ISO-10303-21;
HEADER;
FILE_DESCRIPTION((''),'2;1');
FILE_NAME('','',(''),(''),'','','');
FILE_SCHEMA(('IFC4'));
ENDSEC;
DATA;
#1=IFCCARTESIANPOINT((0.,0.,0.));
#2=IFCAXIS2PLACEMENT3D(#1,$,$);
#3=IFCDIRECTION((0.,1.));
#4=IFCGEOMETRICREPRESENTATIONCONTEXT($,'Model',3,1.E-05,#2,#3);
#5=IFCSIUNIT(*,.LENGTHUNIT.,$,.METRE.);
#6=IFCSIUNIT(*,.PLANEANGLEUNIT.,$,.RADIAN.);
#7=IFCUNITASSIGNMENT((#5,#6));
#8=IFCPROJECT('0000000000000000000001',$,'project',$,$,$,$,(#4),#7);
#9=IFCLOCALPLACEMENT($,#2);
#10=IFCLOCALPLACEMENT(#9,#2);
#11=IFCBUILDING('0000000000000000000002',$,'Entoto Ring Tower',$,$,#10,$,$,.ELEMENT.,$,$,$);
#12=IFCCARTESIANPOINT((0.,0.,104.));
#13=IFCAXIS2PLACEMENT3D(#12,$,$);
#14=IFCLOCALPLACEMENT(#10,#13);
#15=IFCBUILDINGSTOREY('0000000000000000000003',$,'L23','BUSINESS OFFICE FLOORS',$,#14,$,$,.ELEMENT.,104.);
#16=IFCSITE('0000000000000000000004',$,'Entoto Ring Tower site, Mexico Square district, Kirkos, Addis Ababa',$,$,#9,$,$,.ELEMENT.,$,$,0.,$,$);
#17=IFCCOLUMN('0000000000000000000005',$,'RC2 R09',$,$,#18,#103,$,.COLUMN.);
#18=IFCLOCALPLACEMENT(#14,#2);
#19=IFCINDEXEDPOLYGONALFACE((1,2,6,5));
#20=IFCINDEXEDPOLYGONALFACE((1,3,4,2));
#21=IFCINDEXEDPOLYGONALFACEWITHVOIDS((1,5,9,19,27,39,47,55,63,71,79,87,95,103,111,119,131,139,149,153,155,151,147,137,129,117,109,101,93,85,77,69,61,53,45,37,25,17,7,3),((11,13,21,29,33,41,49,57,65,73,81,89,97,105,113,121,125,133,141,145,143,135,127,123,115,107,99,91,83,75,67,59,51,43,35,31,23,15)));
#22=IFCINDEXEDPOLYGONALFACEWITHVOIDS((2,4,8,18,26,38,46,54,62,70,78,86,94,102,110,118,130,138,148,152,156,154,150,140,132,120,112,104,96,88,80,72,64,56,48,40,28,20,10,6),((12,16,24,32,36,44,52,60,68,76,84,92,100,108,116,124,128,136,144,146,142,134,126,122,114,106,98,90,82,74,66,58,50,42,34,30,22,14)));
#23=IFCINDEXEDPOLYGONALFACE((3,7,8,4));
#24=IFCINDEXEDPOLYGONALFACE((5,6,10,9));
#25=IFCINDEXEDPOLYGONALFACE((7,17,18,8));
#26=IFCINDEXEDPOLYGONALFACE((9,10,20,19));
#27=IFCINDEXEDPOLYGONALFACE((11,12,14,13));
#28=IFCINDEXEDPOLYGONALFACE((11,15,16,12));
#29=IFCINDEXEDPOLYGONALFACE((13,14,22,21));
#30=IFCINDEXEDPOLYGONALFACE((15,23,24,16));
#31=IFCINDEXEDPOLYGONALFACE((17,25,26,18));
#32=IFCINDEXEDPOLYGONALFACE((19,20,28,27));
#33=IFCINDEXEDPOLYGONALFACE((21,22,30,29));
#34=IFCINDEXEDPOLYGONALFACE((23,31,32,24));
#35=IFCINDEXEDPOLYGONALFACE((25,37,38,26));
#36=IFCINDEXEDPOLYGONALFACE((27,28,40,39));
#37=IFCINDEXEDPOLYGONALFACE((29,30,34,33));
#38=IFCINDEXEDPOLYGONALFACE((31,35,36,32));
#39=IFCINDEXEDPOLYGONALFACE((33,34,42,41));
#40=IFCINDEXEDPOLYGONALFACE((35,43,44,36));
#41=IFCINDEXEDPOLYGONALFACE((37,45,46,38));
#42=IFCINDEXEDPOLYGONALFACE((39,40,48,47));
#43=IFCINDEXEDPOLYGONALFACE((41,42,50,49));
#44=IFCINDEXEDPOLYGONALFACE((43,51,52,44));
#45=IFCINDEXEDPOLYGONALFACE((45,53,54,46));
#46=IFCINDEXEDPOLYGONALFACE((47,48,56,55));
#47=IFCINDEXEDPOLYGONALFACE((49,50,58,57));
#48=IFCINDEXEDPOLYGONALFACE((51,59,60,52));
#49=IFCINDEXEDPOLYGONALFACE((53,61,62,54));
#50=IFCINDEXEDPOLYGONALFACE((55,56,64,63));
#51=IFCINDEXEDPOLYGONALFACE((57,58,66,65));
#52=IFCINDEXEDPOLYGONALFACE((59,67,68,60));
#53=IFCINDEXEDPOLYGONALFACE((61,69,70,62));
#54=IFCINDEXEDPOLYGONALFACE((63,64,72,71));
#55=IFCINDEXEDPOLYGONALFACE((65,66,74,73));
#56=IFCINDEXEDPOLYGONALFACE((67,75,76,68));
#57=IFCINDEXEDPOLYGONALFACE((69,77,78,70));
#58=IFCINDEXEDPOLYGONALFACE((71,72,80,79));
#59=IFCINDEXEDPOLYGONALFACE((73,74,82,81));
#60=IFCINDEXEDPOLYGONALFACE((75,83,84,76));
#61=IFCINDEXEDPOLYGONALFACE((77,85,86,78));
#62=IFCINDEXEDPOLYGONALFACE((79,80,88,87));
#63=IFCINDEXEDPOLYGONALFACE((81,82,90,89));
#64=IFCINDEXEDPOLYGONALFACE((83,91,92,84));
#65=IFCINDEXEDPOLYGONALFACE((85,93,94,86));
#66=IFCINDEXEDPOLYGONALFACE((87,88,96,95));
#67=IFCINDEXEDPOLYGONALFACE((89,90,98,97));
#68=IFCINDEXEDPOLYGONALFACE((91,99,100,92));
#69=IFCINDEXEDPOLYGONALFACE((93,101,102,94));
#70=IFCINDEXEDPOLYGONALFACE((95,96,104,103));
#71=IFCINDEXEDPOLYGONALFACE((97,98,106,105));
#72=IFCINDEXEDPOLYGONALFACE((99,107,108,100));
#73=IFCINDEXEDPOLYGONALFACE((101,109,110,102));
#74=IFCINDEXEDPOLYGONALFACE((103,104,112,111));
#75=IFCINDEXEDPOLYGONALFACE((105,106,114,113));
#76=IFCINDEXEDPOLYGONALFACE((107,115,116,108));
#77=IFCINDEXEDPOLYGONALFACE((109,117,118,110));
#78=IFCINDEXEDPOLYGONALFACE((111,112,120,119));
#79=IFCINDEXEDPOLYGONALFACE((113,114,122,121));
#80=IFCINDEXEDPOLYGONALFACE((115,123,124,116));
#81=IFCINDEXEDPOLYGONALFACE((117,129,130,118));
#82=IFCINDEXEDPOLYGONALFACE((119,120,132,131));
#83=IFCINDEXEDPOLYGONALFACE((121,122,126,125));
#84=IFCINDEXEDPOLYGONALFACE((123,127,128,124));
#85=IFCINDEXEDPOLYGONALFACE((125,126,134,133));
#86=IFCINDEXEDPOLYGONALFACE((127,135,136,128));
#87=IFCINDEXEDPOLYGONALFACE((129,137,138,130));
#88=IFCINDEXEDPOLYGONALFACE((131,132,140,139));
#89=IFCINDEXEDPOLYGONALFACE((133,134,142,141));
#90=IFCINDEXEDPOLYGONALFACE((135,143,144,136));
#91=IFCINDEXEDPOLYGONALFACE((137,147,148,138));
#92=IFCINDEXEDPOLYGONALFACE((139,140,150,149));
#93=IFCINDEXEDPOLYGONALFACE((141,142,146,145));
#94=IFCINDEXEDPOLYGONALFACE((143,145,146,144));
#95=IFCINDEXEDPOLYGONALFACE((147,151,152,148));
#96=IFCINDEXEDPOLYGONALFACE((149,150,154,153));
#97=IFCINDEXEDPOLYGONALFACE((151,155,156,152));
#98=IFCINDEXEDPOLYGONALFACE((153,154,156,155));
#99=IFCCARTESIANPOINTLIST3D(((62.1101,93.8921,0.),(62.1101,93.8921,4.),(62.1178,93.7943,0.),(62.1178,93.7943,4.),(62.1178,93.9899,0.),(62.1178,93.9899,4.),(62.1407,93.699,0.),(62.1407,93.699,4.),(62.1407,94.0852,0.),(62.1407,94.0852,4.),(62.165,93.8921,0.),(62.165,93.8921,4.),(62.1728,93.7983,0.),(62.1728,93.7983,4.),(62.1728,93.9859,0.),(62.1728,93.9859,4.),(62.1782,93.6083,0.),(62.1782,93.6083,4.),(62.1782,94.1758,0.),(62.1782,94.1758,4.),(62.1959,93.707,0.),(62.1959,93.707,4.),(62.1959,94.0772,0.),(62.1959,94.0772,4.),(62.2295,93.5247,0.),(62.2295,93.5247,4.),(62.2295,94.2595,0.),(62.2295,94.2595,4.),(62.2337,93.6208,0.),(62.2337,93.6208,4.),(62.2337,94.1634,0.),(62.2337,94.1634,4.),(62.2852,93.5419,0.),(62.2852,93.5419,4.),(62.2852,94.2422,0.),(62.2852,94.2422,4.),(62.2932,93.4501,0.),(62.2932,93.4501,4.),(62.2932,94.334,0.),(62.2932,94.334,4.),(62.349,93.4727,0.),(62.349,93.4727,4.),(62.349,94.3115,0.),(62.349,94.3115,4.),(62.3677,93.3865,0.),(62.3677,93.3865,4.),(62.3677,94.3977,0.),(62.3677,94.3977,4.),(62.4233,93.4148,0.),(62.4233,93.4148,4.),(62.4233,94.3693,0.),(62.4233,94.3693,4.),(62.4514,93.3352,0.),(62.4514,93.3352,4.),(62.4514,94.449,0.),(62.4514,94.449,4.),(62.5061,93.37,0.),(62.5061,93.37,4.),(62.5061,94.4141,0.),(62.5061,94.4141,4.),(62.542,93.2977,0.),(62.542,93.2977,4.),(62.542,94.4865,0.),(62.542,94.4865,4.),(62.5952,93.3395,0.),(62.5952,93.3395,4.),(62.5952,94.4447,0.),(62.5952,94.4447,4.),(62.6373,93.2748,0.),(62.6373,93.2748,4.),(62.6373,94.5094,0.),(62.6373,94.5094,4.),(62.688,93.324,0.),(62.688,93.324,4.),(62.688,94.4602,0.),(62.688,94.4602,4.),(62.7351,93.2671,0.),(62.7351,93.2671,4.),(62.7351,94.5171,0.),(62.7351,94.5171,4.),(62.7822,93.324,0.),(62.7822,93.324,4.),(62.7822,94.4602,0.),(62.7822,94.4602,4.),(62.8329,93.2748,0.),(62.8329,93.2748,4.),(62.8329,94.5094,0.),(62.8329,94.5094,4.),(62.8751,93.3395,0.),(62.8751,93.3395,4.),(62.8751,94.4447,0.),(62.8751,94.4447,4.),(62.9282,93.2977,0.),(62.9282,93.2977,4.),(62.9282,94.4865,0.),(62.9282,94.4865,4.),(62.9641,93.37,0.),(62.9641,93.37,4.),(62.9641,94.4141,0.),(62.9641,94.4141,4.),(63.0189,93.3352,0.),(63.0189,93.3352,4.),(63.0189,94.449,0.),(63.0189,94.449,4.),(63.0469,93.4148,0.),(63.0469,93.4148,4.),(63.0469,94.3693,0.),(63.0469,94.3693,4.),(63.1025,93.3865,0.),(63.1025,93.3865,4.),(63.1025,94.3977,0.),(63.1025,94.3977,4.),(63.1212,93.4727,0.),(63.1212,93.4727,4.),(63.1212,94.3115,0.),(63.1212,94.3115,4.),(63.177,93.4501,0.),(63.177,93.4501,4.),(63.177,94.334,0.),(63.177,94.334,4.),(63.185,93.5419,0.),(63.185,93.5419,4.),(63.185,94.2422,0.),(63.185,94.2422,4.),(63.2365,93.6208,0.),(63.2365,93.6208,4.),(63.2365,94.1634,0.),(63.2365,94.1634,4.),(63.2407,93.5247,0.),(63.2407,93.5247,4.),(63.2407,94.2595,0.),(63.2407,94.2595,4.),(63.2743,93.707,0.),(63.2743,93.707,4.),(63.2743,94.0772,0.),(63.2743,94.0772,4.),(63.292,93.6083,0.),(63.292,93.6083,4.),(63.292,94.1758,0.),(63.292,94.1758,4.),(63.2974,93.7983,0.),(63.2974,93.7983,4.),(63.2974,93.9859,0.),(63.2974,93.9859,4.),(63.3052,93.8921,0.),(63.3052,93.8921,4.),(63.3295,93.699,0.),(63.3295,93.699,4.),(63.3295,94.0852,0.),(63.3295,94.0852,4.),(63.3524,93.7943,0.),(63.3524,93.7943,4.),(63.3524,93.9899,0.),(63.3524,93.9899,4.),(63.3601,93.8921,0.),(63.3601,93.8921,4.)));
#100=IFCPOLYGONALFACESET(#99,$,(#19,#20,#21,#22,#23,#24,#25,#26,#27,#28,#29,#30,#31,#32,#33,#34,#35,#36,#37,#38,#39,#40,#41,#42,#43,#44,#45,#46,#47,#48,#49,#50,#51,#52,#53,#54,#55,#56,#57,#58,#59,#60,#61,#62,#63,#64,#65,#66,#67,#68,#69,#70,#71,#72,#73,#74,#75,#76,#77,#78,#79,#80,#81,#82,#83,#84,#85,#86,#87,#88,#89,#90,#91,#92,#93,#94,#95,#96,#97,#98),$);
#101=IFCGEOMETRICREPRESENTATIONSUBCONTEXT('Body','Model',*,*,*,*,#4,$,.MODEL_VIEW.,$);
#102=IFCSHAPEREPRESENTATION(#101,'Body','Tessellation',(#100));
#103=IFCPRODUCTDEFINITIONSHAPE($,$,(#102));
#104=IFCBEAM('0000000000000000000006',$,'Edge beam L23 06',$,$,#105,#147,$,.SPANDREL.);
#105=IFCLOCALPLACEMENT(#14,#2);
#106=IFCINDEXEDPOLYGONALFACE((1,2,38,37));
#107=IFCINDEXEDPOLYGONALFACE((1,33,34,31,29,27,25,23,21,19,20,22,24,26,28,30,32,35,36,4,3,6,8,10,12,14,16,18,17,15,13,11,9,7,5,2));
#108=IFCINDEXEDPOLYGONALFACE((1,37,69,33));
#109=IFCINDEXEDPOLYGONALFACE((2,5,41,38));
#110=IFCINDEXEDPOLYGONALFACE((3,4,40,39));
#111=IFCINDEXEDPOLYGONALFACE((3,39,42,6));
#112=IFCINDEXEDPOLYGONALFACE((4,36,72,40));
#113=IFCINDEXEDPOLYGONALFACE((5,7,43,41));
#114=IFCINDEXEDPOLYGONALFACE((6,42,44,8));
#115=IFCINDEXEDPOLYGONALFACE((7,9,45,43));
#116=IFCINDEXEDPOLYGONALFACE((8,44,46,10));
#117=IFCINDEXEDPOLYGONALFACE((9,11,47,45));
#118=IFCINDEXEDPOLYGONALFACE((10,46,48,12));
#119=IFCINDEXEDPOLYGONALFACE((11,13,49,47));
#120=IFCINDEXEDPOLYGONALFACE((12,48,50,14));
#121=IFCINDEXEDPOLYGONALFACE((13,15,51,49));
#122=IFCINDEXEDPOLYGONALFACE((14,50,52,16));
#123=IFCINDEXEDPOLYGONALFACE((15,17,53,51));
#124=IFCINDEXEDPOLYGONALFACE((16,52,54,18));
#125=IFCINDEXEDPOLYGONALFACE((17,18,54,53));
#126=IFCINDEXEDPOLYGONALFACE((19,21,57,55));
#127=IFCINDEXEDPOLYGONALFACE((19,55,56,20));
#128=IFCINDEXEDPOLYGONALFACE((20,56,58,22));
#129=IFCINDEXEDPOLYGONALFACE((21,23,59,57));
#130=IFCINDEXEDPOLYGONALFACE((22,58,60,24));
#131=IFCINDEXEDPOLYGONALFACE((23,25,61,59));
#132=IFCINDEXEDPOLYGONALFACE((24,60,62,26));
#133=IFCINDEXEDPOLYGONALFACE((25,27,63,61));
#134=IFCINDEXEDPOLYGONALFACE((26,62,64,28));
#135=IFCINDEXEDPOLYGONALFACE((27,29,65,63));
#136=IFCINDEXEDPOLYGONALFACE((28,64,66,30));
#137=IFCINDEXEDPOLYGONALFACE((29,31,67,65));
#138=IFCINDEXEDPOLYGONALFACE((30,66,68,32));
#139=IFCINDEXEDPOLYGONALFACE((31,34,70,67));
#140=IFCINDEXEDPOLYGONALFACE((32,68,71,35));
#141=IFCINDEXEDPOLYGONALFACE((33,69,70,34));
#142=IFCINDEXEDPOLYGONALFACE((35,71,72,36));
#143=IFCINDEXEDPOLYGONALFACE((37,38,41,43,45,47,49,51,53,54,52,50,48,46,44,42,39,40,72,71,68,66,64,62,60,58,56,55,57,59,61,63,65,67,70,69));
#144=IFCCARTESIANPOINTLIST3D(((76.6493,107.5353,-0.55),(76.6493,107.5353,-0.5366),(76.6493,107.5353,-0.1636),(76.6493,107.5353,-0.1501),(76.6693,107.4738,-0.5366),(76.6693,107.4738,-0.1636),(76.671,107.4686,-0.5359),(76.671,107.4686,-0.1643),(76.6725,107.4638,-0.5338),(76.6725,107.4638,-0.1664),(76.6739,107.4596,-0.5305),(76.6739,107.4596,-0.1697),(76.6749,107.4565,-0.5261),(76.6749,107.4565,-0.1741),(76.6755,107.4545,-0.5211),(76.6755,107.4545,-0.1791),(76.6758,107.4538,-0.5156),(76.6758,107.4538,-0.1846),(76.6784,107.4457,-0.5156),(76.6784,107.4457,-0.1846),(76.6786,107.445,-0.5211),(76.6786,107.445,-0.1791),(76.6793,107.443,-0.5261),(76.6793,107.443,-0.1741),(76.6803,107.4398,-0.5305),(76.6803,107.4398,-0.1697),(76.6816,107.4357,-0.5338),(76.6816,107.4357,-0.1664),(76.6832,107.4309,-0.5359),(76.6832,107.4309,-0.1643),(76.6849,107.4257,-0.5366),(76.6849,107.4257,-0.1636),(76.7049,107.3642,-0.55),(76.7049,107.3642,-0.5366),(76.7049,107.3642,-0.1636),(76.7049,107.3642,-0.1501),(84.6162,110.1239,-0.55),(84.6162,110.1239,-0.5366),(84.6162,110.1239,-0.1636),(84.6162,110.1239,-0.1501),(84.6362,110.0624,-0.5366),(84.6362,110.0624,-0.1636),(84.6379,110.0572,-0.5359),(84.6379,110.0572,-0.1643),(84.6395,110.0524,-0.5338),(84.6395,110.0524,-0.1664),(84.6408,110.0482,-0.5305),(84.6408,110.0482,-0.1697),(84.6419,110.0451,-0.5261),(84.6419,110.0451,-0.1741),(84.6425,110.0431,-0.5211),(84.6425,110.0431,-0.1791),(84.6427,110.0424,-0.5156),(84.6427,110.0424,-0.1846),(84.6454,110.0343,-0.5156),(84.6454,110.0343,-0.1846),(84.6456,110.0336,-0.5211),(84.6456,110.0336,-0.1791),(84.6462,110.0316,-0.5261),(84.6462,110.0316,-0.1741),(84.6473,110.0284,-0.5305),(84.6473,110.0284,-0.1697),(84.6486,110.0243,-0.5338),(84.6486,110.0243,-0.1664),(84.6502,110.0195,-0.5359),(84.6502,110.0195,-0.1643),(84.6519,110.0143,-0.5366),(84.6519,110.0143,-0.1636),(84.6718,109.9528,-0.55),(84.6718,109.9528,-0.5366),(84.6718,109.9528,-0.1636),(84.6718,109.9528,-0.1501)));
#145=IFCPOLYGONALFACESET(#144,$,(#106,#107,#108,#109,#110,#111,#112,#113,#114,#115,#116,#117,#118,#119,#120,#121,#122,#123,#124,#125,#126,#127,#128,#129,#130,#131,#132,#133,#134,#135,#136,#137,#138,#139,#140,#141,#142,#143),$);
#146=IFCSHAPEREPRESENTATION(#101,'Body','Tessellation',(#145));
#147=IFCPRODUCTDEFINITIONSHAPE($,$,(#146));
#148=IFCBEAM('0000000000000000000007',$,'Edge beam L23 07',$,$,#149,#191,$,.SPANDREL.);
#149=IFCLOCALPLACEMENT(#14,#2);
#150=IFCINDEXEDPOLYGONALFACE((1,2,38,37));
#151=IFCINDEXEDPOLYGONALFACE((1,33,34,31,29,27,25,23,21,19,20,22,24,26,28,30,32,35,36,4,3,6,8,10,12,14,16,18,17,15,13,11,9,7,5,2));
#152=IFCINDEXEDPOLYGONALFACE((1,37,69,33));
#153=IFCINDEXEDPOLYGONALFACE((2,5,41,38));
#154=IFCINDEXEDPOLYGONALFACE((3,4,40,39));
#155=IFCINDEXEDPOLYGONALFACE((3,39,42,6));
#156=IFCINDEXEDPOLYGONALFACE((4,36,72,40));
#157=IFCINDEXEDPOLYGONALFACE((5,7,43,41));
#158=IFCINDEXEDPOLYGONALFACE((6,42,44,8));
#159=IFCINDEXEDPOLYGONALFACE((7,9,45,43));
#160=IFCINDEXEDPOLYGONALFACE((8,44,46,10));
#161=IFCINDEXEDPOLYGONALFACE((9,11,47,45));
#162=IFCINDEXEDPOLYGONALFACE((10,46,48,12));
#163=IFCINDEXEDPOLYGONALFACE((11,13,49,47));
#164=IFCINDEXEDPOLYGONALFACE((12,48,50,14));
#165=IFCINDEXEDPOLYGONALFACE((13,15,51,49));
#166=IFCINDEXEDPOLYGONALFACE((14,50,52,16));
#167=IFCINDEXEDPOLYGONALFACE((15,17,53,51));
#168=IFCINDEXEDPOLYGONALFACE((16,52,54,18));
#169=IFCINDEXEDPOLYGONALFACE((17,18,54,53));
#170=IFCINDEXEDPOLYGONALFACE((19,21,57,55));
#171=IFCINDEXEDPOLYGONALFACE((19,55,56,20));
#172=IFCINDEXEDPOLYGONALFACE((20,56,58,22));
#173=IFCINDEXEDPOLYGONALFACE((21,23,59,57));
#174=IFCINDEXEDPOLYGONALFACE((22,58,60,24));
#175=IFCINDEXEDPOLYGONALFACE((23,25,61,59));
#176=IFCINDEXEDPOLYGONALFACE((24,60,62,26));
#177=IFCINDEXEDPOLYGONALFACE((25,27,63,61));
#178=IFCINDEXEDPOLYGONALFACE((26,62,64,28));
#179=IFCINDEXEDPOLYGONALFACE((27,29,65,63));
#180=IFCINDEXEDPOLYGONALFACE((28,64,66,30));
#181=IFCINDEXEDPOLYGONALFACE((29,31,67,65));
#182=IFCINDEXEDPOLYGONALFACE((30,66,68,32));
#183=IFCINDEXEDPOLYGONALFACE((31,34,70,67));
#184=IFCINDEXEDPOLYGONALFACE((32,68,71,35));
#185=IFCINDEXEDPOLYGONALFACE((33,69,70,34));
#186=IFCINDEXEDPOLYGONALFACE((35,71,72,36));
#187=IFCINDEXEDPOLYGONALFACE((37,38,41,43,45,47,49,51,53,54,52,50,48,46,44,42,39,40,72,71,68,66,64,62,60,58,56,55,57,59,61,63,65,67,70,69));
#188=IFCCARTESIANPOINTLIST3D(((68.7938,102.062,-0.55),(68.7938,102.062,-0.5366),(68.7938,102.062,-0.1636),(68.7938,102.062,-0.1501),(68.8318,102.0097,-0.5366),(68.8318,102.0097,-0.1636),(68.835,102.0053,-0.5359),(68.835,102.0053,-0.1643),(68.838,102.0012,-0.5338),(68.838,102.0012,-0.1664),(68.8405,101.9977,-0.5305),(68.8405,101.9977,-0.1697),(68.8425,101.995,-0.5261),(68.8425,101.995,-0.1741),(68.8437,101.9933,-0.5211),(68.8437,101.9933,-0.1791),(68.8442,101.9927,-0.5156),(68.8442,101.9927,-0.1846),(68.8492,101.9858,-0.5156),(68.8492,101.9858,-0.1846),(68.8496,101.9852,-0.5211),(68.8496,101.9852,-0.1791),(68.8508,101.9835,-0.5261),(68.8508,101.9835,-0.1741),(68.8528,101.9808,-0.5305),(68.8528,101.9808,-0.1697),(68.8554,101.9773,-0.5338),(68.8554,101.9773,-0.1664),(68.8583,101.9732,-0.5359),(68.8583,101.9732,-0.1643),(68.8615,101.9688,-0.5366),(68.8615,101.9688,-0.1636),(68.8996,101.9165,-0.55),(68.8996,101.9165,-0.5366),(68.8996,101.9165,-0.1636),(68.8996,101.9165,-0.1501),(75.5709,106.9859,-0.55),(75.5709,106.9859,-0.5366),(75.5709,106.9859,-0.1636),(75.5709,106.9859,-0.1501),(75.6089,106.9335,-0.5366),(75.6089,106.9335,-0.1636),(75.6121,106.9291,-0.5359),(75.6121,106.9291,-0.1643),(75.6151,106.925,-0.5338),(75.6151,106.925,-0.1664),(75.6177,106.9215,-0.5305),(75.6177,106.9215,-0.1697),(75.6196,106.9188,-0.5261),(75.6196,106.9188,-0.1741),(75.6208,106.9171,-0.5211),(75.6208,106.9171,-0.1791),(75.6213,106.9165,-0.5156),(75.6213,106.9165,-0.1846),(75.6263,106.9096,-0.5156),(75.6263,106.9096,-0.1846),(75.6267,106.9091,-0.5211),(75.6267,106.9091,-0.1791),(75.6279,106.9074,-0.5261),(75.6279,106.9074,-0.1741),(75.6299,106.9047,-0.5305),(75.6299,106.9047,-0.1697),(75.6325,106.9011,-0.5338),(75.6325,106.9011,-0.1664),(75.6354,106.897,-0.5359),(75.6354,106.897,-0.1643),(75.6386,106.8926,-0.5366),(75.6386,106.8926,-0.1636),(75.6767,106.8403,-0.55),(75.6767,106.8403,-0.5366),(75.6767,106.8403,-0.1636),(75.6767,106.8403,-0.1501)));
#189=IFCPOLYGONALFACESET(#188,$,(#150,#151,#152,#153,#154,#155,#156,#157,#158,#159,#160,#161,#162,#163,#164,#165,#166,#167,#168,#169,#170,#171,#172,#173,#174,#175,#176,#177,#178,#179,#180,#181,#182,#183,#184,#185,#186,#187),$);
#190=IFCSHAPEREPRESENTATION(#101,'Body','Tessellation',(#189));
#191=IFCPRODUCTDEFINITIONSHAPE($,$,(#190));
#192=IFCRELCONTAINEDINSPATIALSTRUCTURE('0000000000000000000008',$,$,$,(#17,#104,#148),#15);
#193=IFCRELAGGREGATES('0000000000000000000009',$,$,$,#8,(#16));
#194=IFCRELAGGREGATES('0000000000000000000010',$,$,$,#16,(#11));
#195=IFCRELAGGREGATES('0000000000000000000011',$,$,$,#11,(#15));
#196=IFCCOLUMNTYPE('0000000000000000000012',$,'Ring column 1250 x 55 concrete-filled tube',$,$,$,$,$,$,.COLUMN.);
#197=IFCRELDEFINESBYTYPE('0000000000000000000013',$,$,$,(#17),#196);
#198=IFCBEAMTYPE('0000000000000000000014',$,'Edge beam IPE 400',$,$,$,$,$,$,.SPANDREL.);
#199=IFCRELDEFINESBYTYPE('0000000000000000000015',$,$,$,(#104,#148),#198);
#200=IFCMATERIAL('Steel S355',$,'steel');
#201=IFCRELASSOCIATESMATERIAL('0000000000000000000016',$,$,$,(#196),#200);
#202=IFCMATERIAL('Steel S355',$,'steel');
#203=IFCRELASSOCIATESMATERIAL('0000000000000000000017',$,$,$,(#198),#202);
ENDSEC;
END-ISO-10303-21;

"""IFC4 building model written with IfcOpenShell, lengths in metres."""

from ifc_helpers import new_model, si_unit, direction, frame, origin, origin_2d, place, context, subcontext, project, spatial, circle, hollow_circle, i_section, extrude, material, material_profile, profile_set, type_object, element, save


model = new_model("IFC4")

# Units and contexts
model_context = context("Model", 3, precision=1e-05, world=origin(), true_north=direction((0.0, 1.0)))
body_context = subcontext(model_context, "Body", "Model", "MODEL_VIEW")
ifc_project = project(units=[si_unit("LENGTHUNIT", "METRE"), si_unit("PLANEANGLEUNIT", "RADIAN")], contexts=[model_context])

# Site, building, storey
site_placement = place(None, origin())
site = spatial("IfcSite", under=ifc_project, at=site_placement, Name="Entoto Ring Tower site, Mexico Square district, Kirkos, Addis Ababa", CompositionType="ELEMENT", RefElevation=0.0)
building_placement = place(site_placement, origin())
building = spatial("IfcBuilding", under=site, at=building_placement, Name="Entoto Ring Tower", CompositionType="ELEMENT")
storey_placement = place(building_placement, frame((0.0, 0.0, 104.0)))
storey = spatial("IfcBuildingStorey", under=building, at=storey_placement, Name="L23", Description="BUSINESS OFFICE FLOORS", CompositionType="ELEMENT", Elevation=104.0)

# Column
ifc_material_1 = material(Name="Steel S355", Category="steel")
ifc_material_profile_1 = material_profile(ifc_material_1, hollow_circle(Radius=0.625, WallThickness=0.0549, at=origin_2d()), Name="CHS 1250 x 55")
ifc_material_2 = material(Name="Concrete C60/75", Category="concrete")
ifc_material_profile_2 = material_profile(ifc_material_2, circle(Radius=0.5701, at=origin_2d()), Name="Concrete C60/75 infill")
ifc_profile_set_1 = profile_set([ifc_material_profile_1, ifc_material_profile_2], Name="Steel S355")
column_type = type_object("IfcColumnType", Name="Ring column 1250 x 55 concrete-filled tube", PredefinedType="COLUMN", material=ifc_profile_set_1)
for number, where, z_axis, x_axis, name in (
    (1, (62.7351, 93.8921, 0.0), (0.0, 0.0, 1.0), (1.0, 0.0, 0.0), "RC2 R09"),
):
    element("IfcColumn", number, at=place(storey_placement, frame(where, z_axis=z_axis, x_axis=x_axis)), inside=storey, type_object=column_type, Name=name, PredefinedType="COLUMN", context=body_context, shape_type="SweptSolid", body=[
        extrude(hollow_circle(Radius=0.625, WallThickness=0.0549, at=origin_2d()), origin(), (0.0, 0.0, 1.0), 4.0),
    ])

# Beams
ifc_material_3 = material(Name="Steel S355", Category="steel")
ifc_material_profile_3 = material_profile(ifc_material_3, i_section(OverallWidth=0.1799, OverallDepth=0.3999, WebThickness=0.0085, FlangeThickness=0.0134, FilletRadius=0.021, at=origin_2d()), Name="IPE 400")
ifc_profile_set_2 = profile_set([ifc_material_profile_3], Name="Steel S355")
beam_type_1 = type_object("IfcBeamType", Name="Edge beam IPE 400", PredefinedType="SPANDREL", material=ifc_profile_set_2)
for number, where, z_axis, x_axis, name in (
    (2, (84.644, 110.0383, -0.3501), (-0.951057, -0.309014, 0.0), (0.309014, -0.951057, 0.0), "Edge beam L23 06"),
    (3, (75.6238, 106.9131, -0.3501), (-0.809018, -0.587783, 0.0), (0.587783, -0.809018, 0.0), "Edge beam L23 07"),
):
    element("IfcBeam", number, at=place(storey_placement, frame(where, z_axis=z_axis, x_axis=x_axis)), inside=storey, type_object=beam_type_1, Name=name, PredefinedType="SPANDREL", context=body_context, shape_type="SweptSolid", body=[
        extrude(i_section(OverallWidth=0.1799, OverallDepth=0.3999, WebThickness=0.0085, FlangeThickness=0.0134, FilletRadius=0.021, at=origin_2d()), origin(), (0.0, 0.0, 1.0), 8.377),
    ])

save(model, "model.ifc")
